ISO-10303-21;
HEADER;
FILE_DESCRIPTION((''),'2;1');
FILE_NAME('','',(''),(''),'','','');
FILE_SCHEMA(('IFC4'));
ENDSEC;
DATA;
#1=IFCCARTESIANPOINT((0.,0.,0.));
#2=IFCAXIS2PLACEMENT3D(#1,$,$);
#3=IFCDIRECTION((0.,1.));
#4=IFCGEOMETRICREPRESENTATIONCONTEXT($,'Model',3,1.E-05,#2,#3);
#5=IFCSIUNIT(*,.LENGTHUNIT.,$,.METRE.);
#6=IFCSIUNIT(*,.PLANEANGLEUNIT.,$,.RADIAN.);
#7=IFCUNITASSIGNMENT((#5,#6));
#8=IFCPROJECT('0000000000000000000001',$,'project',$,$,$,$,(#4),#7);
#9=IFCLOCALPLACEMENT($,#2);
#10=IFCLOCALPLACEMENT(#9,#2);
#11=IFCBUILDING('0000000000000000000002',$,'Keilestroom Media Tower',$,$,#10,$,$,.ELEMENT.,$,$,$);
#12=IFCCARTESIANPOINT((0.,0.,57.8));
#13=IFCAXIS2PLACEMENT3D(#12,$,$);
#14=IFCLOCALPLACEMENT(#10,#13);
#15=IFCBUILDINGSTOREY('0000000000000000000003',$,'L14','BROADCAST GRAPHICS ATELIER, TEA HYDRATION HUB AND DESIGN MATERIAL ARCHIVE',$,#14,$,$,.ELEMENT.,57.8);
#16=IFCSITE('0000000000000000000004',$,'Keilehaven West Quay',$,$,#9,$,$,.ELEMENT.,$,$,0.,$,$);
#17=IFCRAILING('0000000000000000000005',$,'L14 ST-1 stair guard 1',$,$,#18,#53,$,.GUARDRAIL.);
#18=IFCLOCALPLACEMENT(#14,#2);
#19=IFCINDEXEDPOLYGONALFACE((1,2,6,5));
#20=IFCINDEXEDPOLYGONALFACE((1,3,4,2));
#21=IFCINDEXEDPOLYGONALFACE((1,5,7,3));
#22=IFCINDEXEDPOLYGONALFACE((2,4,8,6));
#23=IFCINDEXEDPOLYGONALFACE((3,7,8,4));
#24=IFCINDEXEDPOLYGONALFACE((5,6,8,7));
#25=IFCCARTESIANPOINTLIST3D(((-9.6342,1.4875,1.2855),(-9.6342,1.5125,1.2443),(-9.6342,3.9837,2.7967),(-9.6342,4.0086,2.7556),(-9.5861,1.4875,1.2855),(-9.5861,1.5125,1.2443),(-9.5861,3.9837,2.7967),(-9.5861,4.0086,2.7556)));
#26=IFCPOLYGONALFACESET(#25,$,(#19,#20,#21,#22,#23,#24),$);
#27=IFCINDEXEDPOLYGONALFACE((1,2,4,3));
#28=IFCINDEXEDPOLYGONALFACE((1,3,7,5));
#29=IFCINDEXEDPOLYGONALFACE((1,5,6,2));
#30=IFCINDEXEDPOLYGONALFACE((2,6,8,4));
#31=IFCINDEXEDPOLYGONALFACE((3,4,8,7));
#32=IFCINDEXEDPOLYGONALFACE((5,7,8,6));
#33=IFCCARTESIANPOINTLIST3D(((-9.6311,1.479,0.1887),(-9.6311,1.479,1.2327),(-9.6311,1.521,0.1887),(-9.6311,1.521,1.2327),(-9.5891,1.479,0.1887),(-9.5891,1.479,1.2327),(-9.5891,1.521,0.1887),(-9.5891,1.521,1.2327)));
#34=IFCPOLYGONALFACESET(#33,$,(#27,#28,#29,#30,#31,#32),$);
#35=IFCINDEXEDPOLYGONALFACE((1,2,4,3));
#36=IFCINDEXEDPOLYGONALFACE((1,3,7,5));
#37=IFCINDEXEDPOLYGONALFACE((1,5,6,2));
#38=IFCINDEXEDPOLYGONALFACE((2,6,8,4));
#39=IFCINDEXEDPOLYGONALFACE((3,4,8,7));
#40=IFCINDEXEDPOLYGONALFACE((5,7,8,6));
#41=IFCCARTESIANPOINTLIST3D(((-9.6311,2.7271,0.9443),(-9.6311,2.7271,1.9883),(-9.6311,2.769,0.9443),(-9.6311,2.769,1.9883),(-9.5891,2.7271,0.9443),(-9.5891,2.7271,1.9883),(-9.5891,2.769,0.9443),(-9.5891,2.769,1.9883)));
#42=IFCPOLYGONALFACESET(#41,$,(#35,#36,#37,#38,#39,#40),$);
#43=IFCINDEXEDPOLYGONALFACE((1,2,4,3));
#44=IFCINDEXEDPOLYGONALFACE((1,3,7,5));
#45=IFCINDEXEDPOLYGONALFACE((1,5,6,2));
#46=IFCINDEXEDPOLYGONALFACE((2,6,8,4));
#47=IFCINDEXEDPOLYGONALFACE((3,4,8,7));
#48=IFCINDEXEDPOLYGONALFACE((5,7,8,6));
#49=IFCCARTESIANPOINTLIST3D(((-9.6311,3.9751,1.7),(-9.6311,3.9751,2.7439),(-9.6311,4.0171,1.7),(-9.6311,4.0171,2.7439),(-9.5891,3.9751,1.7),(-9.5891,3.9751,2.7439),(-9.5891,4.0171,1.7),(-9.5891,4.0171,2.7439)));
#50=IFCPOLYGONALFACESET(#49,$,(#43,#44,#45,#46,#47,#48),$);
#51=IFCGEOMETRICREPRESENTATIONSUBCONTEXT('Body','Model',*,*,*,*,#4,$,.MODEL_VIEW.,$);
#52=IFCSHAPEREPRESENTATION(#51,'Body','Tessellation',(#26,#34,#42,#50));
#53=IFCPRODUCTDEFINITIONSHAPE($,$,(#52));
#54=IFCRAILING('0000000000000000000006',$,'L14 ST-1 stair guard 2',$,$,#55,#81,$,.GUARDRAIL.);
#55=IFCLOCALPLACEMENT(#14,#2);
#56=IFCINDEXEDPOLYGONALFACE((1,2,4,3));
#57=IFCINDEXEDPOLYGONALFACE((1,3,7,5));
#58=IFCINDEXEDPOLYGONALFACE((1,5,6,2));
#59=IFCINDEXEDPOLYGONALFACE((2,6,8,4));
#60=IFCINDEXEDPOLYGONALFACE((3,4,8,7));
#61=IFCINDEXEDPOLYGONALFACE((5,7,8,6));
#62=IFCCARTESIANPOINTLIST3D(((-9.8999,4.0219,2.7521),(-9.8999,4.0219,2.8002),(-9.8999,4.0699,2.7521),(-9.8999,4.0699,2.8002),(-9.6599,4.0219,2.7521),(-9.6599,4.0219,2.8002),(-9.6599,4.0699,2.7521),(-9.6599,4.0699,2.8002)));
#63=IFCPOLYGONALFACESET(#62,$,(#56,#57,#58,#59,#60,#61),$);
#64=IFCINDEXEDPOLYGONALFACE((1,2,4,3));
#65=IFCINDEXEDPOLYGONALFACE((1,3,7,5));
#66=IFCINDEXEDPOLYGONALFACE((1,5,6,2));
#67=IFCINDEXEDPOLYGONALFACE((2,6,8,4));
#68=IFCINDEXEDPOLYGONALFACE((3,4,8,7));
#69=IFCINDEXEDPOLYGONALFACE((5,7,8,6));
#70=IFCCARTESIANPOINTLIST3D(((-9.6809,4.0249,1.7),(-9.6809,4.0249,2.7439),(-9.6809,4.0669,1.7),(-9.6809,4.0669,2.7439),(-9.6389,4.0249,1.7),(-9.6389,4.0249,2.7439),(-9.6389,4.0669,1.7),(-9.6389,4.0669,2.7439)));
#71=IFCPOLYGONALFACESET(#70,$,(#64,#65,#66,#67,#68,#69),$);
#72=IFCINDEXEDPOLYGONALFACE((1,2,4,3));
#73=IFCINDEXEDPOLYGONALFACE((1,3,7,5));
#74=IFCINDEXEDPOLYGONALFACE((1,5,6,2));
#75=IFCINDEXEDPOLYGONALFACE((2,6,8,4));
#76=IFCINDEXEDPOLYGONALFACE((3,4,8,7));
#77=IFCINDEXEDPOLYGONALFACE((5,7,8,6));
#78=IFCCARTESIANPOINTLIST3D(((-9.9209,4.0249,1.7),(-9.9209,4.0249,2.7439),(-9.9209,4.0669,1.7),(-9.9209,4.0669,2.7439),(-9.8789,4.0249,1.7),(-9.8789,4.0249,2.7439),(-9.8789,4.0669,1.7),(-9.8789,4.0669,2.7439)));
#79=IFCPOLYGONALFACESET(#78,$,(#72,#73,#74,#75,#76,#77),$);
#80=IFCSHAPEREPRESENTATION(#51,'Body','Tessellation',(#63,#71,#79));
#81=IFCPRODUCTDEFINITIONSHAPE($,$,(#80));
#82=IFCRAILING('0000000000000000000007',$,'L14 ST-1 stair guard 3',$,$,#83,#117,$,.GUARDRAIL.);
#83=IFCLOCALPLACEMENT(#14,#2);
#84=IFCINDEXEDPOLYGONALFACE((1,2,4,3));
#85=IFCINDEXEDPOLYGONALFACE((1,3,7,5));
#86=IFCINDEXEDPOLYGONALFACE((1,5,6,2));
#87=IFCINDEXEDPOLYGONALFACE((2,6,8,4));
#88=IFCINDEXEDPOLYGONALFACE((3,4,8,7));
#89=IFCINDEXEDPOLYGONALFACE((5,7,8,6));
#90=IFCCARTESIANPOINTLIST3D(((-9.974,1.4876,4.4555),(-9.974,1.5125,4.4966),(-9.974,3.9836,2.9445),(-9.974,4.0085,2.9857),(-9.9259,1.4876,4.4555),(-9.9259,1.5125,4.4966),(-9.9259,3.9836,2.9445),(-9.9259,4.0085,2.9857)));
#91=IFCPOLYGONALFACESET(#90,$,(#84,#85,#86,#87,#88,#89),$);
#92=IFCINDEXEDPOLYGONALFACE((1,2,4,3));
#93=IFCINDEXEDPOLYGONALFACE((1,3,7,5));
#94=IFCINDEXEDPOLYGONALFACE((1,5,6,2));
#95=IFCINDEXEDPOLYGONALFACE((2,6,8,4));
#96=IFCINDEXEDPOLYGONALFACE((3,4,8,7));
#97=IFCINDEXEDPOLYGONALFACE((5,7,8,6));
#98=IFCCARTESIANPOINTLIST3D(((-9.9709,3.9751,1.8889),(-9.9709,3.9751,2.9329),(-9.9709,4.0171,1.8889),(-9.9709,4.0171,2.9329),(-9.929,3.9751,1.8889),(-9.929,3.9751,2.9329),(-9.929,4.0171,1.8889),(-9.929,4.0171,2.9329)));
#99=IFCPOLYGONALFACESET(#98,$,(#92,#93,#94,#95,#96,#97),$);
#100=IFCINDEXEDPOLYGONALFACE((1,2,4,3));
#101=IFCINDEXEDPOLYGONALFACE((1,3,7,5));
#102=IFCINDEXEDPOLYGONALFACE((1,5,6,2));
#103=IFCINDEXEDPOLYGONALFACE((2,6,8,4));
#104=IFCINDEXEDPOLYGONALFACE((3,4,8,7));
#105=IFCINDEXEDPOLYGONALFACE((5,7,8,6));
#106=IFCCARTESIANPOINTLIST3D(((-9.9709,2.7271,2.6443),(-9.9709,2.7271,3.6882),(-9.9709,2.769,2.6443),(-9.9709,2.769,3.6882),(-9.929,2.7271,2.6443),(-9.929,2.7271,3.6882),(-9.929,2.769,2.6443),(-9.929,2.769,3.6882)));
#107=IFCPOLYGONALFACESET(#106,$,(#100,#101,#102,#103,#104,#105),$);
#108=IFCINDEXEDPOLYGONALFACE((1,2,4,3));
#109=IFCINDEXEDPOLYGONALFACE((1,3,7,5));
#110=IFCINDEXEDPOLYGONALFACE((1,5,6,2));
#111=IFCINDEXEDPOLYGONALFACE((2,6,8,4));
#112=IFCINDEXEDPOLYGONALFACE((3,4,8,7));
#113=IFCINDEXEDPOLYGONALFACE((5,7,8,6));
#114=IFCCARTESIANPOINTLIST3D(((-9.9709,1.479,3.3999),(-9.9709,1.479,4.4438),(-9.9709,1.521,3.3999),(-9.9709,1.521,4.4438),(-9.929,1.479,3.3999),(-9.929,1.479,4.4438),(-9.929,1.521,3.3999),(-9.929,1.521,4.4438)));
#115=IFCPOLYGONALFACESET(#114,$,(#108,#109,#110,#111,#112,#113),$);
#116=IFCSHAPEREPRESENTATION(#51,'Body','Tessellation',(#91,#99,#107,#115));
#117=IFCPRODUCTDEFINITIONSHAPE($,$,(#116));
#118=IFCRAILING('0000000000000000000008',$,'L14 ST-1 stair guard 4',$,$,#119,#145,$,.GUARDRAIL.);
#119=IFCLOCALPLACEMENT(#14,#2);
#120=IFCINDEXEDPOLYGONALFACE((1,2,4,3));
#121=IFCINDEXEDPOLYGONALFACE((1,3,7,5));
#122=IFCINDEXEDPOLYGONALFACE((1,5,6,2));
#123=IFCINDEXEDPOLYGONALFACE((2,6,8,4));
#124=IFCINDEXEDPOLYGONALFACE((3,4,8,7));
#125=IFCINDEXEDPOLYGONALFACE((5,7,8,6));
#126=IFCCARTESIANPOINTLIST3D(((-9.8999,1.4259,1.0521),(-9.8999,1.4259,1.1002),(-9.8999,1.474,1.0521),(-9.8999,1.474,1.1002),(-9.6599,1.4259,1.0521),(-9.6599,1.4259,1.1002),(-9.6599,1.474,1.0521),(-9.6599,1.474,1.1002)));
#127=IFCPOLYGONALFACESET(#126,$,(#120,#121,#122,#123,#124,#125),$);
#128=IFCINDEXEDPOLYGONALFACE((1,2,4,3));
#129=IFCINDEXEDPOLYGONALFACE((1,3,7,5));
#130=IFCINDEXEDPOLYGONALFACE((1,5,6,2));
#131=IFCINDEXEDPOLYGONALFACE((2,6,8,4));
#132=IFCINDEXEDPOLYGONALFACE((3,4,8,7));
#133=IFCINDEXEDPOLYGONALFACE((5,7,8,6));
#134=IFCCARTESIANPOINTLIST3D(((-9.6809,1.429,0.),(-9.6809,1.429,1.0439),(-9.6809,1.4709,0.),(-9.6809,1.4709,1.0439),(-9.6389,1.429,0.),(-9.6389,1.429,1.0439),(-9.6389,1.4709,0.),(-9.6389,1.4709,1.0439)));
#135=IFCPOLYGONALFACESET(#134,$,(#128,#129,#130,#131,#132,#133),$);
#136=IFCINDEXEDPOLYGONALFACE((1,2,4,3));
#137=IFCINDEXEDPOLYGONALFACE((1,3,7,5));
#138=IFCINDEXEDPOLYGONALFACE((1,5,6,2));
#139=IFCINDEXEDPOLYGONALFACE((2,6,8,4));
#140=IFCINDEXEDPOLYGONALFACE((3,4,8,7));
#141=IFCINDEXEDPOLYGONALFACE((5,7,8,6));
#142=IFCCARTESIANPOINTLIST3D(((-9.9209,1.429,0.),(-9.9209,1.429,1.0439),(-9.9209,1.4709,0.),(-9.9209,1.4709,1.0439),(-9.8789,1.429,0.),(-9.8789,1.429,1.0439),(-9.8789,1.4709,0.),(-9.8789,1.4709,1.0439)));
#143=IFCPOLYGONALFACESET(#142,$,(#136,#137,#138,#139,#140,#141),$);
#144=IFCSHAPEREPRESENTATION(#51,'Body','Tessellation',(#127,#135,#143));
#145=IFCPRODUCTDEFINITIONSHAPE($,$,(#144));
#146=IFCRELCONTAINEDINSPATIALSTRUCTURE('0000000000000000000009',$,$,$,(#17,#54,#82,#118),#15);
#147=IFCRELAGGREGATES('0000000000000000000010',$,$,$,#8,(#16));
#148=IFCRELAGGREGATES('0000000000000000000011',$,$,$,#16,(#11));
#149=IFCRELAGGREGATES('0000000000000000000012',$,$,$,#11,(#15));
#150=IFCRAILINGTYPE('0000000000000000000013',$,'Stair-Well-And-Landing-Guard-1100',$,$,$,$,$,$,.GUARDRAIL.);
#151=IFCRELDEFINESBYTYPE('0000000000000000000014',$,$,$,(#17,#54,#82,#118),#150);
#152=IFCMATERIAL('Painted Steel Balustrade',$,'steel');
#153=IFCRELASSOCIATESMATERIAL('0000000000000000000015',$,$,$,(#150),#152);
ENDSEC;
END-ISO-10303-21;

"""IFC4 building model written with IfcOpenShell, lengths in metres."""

from ifc_helpers import new_model, si_unit, direction, frame, origin, origin_2d, place, context, subcontext, project, spatial, rectangle, extrude, material, type_object, element, save


model = new_model("IFC4")

# Units and contexts
model_context = context("Model", 3, precision=1e-05, world=origin(), true_north=direction((0.0, 1.0)))
body_context = subcontext(model_context, "Body", "Model", "MODEL_VIEW")
ifc_project = project(units=[si_unit("LENGTHUNIT", "METRE"), si_unit("PLANEANGLEUNIT", "RADIAN")], contexts=[model_context])

# Site, building, storey
site_placement = place(None, origin())
site = spatial("IfcSite", under=ifc_project, at=site_placement, Name="Keilehaven West Quay", CompositionType="ELEMENT", RefElevation=0.0)
building_placement = place(site_placement, origin())
building = spatial("IfcBuilding", under=site, at=building_placement, Name="Keilestroom Media Tower", CompositionType="ELEMENT")
storey_placement = place(building_placement, frame((0.0, 0.0, 57.8)))
storey = spatial("IfcBuildingStorey", under=building, at=storey_placement, Name="L14", Description="BROADCAST GRAPHICS ATELIER, TEA HYDRATION HUB AND DESIGN MATERIAL ARCHIVE", CompositionType="ELEMENT", Elevation=57.8)

# Railings
ifc_material_1 = material(Name="Painted Steel Balustrade", Category="steel")
railing_type_1 = type_object("IfcRailingType", Name="Stair-Well-And-Landing-Guard-1100", PredefinedType="GUARDRAIL", material=ifc_material_1)
railing_1_placement = place(storey_placement, frame((-9.6101, 1.5, 0.1887)))
element("IfcRailing", 1, at=railing_1_placement, inside=storey, type_object=railing_type_1, Name="L14 ST-1 stair guard 1", PredefinedType="GUARDRAIL", context=body_context, shape_type="SweptSolid", body=[
    extrude(rectangle(XDim=0.0481, YDim=0.0481, at=origin_2d()), frame((0.0, 0.0, 1.0762), z_axis=(0.0, 0.855434, 0.517912), x_axis=(-1.0, 0.0, 0.0)), (0.0, 0.0, 1.0), 2.918),
    extrude(rectangle(XDim=0.042, YDim=0.042, at=origin_2d()), origin(), (0.0, 0.0, 1.0), 1.0439),
    extrude(rectangle(XDim=0.042, YDim=0.042, at=origin_2d()), frame((0.0, 1.248, 0.7556)), (0.0, 0.0, 1.0), 1.0439),
    extrude(rectangle(XDim=0.042, YDim=0.042, at=origin_2d()), frame((0.0, 2.4961, 1.5112)), (0.0, 0.0, 1.0), 1.0439),
])
railing_2_placement = place(storey_placement, frame((-9.6599, 4.0459, 1.7)))
element("IfcRailing", 2, at=railing_2_placement, inside=storey, type_object=railing_type_1, Name="L14 ST-1 stair guard 2", PredefinedType="GUARDRAIL", context=body_context, shape_type="SweptSolid", body=[
    extrude(rectangle(XDim=0.0481, YDim=0.0481, at=origin_2d()), frame((0.0, 0.0, 1.0762), z_axis=(-1.0, 0.0, 0.0), x_axis=(0.0, -1.0, 0.0)), (0.0, 0.0, 1.0), 0.24),
    extrude(rectangle(XDim=0.042, YDim=0.042, at=origin_2d()), origin(), (0.0, 0.0, 1.0), 1.0439),
    extrude(rectangle(XDim=0.042, YDim=0.042, at=origin_2d()), frame((-0.24, 0.0, 0.0)), (0.0, 0.0, 1.0), 1.0439),
])
railing_3_placement = place(storey_placement, frame((-9.95, 3.9961, 1.8889)))
element("IfcRailing", 3, at=railing_3_placement, inside=storey, type_object=railing_type_1, Name="L14 ST-1 stair guard 3", PredefinedType="GUARDRAIL", context=body_context, shape_type="SweptSolid", body=[
    extrude(rectangle(XDim=0.0481, YDim=0.0481, at=origin_2d()), frame((0.0, 0.0, 1.0762), z_axis=(0.0, -0.855471, 0.517851), x_axis=(1.0, 0.0, 0.0)), (0.0, 0.0, 1.0), 2.9177),
    extrude(rectangle(XDim=0.042, YDim=0.042, at=origin_2d()), origin(), (0.0, 0.0, 1.0), 1.0439),
    extrude(rectangle(XDim=0.042, YDim=0.042, at=origin_2d()), frame((0.0, -1.248, 0.7554)), (0.0, 0.0, 1.0), 1.0439),
    extrude(rectangle(XDim=0.042, YDim=0.042, at=origin_2d()), frame((0.0, -2.4961, 1.511)), (0.0, 0.0, 1.0), 1.0439),
])
railing_4_placement = place(storey_placement, frame((-9.6599, 1.45, 0.0)))
element("IfcRailing", 4, at=railing_4_placement, inside=storey, type_object=railing_type_1, Name="L14 ST-1 stair guard 4", PredefinedType="GUARDRAIL", context=body_context, shape_type="SweptSolid", body=[
    extrude(rectangle(XDim=0.0481, YDim=0.0481, at=origin_2d()), frame((0.0, 0.0, 1.0762), z_axis=(-1.0, 0.0, 0.0), x_axis=(0.0, -1.0, 0.0)), (0.0, 0.0, 1.0), 0.24),
    extrude(rectangle(XDim=0.042, YDim=0.042, at=origin_2d()), origin(), (0.0, 0.0, 1.0), 1.0439),
    extrude(rectangle(XDim=0.042, YDim=0.042, at=origin_2d()), frame((-0.24, 0.0, 0.0)), (0.0, 0.0, 1.0), 1.0439),
])

save(model, "model.ifc")
